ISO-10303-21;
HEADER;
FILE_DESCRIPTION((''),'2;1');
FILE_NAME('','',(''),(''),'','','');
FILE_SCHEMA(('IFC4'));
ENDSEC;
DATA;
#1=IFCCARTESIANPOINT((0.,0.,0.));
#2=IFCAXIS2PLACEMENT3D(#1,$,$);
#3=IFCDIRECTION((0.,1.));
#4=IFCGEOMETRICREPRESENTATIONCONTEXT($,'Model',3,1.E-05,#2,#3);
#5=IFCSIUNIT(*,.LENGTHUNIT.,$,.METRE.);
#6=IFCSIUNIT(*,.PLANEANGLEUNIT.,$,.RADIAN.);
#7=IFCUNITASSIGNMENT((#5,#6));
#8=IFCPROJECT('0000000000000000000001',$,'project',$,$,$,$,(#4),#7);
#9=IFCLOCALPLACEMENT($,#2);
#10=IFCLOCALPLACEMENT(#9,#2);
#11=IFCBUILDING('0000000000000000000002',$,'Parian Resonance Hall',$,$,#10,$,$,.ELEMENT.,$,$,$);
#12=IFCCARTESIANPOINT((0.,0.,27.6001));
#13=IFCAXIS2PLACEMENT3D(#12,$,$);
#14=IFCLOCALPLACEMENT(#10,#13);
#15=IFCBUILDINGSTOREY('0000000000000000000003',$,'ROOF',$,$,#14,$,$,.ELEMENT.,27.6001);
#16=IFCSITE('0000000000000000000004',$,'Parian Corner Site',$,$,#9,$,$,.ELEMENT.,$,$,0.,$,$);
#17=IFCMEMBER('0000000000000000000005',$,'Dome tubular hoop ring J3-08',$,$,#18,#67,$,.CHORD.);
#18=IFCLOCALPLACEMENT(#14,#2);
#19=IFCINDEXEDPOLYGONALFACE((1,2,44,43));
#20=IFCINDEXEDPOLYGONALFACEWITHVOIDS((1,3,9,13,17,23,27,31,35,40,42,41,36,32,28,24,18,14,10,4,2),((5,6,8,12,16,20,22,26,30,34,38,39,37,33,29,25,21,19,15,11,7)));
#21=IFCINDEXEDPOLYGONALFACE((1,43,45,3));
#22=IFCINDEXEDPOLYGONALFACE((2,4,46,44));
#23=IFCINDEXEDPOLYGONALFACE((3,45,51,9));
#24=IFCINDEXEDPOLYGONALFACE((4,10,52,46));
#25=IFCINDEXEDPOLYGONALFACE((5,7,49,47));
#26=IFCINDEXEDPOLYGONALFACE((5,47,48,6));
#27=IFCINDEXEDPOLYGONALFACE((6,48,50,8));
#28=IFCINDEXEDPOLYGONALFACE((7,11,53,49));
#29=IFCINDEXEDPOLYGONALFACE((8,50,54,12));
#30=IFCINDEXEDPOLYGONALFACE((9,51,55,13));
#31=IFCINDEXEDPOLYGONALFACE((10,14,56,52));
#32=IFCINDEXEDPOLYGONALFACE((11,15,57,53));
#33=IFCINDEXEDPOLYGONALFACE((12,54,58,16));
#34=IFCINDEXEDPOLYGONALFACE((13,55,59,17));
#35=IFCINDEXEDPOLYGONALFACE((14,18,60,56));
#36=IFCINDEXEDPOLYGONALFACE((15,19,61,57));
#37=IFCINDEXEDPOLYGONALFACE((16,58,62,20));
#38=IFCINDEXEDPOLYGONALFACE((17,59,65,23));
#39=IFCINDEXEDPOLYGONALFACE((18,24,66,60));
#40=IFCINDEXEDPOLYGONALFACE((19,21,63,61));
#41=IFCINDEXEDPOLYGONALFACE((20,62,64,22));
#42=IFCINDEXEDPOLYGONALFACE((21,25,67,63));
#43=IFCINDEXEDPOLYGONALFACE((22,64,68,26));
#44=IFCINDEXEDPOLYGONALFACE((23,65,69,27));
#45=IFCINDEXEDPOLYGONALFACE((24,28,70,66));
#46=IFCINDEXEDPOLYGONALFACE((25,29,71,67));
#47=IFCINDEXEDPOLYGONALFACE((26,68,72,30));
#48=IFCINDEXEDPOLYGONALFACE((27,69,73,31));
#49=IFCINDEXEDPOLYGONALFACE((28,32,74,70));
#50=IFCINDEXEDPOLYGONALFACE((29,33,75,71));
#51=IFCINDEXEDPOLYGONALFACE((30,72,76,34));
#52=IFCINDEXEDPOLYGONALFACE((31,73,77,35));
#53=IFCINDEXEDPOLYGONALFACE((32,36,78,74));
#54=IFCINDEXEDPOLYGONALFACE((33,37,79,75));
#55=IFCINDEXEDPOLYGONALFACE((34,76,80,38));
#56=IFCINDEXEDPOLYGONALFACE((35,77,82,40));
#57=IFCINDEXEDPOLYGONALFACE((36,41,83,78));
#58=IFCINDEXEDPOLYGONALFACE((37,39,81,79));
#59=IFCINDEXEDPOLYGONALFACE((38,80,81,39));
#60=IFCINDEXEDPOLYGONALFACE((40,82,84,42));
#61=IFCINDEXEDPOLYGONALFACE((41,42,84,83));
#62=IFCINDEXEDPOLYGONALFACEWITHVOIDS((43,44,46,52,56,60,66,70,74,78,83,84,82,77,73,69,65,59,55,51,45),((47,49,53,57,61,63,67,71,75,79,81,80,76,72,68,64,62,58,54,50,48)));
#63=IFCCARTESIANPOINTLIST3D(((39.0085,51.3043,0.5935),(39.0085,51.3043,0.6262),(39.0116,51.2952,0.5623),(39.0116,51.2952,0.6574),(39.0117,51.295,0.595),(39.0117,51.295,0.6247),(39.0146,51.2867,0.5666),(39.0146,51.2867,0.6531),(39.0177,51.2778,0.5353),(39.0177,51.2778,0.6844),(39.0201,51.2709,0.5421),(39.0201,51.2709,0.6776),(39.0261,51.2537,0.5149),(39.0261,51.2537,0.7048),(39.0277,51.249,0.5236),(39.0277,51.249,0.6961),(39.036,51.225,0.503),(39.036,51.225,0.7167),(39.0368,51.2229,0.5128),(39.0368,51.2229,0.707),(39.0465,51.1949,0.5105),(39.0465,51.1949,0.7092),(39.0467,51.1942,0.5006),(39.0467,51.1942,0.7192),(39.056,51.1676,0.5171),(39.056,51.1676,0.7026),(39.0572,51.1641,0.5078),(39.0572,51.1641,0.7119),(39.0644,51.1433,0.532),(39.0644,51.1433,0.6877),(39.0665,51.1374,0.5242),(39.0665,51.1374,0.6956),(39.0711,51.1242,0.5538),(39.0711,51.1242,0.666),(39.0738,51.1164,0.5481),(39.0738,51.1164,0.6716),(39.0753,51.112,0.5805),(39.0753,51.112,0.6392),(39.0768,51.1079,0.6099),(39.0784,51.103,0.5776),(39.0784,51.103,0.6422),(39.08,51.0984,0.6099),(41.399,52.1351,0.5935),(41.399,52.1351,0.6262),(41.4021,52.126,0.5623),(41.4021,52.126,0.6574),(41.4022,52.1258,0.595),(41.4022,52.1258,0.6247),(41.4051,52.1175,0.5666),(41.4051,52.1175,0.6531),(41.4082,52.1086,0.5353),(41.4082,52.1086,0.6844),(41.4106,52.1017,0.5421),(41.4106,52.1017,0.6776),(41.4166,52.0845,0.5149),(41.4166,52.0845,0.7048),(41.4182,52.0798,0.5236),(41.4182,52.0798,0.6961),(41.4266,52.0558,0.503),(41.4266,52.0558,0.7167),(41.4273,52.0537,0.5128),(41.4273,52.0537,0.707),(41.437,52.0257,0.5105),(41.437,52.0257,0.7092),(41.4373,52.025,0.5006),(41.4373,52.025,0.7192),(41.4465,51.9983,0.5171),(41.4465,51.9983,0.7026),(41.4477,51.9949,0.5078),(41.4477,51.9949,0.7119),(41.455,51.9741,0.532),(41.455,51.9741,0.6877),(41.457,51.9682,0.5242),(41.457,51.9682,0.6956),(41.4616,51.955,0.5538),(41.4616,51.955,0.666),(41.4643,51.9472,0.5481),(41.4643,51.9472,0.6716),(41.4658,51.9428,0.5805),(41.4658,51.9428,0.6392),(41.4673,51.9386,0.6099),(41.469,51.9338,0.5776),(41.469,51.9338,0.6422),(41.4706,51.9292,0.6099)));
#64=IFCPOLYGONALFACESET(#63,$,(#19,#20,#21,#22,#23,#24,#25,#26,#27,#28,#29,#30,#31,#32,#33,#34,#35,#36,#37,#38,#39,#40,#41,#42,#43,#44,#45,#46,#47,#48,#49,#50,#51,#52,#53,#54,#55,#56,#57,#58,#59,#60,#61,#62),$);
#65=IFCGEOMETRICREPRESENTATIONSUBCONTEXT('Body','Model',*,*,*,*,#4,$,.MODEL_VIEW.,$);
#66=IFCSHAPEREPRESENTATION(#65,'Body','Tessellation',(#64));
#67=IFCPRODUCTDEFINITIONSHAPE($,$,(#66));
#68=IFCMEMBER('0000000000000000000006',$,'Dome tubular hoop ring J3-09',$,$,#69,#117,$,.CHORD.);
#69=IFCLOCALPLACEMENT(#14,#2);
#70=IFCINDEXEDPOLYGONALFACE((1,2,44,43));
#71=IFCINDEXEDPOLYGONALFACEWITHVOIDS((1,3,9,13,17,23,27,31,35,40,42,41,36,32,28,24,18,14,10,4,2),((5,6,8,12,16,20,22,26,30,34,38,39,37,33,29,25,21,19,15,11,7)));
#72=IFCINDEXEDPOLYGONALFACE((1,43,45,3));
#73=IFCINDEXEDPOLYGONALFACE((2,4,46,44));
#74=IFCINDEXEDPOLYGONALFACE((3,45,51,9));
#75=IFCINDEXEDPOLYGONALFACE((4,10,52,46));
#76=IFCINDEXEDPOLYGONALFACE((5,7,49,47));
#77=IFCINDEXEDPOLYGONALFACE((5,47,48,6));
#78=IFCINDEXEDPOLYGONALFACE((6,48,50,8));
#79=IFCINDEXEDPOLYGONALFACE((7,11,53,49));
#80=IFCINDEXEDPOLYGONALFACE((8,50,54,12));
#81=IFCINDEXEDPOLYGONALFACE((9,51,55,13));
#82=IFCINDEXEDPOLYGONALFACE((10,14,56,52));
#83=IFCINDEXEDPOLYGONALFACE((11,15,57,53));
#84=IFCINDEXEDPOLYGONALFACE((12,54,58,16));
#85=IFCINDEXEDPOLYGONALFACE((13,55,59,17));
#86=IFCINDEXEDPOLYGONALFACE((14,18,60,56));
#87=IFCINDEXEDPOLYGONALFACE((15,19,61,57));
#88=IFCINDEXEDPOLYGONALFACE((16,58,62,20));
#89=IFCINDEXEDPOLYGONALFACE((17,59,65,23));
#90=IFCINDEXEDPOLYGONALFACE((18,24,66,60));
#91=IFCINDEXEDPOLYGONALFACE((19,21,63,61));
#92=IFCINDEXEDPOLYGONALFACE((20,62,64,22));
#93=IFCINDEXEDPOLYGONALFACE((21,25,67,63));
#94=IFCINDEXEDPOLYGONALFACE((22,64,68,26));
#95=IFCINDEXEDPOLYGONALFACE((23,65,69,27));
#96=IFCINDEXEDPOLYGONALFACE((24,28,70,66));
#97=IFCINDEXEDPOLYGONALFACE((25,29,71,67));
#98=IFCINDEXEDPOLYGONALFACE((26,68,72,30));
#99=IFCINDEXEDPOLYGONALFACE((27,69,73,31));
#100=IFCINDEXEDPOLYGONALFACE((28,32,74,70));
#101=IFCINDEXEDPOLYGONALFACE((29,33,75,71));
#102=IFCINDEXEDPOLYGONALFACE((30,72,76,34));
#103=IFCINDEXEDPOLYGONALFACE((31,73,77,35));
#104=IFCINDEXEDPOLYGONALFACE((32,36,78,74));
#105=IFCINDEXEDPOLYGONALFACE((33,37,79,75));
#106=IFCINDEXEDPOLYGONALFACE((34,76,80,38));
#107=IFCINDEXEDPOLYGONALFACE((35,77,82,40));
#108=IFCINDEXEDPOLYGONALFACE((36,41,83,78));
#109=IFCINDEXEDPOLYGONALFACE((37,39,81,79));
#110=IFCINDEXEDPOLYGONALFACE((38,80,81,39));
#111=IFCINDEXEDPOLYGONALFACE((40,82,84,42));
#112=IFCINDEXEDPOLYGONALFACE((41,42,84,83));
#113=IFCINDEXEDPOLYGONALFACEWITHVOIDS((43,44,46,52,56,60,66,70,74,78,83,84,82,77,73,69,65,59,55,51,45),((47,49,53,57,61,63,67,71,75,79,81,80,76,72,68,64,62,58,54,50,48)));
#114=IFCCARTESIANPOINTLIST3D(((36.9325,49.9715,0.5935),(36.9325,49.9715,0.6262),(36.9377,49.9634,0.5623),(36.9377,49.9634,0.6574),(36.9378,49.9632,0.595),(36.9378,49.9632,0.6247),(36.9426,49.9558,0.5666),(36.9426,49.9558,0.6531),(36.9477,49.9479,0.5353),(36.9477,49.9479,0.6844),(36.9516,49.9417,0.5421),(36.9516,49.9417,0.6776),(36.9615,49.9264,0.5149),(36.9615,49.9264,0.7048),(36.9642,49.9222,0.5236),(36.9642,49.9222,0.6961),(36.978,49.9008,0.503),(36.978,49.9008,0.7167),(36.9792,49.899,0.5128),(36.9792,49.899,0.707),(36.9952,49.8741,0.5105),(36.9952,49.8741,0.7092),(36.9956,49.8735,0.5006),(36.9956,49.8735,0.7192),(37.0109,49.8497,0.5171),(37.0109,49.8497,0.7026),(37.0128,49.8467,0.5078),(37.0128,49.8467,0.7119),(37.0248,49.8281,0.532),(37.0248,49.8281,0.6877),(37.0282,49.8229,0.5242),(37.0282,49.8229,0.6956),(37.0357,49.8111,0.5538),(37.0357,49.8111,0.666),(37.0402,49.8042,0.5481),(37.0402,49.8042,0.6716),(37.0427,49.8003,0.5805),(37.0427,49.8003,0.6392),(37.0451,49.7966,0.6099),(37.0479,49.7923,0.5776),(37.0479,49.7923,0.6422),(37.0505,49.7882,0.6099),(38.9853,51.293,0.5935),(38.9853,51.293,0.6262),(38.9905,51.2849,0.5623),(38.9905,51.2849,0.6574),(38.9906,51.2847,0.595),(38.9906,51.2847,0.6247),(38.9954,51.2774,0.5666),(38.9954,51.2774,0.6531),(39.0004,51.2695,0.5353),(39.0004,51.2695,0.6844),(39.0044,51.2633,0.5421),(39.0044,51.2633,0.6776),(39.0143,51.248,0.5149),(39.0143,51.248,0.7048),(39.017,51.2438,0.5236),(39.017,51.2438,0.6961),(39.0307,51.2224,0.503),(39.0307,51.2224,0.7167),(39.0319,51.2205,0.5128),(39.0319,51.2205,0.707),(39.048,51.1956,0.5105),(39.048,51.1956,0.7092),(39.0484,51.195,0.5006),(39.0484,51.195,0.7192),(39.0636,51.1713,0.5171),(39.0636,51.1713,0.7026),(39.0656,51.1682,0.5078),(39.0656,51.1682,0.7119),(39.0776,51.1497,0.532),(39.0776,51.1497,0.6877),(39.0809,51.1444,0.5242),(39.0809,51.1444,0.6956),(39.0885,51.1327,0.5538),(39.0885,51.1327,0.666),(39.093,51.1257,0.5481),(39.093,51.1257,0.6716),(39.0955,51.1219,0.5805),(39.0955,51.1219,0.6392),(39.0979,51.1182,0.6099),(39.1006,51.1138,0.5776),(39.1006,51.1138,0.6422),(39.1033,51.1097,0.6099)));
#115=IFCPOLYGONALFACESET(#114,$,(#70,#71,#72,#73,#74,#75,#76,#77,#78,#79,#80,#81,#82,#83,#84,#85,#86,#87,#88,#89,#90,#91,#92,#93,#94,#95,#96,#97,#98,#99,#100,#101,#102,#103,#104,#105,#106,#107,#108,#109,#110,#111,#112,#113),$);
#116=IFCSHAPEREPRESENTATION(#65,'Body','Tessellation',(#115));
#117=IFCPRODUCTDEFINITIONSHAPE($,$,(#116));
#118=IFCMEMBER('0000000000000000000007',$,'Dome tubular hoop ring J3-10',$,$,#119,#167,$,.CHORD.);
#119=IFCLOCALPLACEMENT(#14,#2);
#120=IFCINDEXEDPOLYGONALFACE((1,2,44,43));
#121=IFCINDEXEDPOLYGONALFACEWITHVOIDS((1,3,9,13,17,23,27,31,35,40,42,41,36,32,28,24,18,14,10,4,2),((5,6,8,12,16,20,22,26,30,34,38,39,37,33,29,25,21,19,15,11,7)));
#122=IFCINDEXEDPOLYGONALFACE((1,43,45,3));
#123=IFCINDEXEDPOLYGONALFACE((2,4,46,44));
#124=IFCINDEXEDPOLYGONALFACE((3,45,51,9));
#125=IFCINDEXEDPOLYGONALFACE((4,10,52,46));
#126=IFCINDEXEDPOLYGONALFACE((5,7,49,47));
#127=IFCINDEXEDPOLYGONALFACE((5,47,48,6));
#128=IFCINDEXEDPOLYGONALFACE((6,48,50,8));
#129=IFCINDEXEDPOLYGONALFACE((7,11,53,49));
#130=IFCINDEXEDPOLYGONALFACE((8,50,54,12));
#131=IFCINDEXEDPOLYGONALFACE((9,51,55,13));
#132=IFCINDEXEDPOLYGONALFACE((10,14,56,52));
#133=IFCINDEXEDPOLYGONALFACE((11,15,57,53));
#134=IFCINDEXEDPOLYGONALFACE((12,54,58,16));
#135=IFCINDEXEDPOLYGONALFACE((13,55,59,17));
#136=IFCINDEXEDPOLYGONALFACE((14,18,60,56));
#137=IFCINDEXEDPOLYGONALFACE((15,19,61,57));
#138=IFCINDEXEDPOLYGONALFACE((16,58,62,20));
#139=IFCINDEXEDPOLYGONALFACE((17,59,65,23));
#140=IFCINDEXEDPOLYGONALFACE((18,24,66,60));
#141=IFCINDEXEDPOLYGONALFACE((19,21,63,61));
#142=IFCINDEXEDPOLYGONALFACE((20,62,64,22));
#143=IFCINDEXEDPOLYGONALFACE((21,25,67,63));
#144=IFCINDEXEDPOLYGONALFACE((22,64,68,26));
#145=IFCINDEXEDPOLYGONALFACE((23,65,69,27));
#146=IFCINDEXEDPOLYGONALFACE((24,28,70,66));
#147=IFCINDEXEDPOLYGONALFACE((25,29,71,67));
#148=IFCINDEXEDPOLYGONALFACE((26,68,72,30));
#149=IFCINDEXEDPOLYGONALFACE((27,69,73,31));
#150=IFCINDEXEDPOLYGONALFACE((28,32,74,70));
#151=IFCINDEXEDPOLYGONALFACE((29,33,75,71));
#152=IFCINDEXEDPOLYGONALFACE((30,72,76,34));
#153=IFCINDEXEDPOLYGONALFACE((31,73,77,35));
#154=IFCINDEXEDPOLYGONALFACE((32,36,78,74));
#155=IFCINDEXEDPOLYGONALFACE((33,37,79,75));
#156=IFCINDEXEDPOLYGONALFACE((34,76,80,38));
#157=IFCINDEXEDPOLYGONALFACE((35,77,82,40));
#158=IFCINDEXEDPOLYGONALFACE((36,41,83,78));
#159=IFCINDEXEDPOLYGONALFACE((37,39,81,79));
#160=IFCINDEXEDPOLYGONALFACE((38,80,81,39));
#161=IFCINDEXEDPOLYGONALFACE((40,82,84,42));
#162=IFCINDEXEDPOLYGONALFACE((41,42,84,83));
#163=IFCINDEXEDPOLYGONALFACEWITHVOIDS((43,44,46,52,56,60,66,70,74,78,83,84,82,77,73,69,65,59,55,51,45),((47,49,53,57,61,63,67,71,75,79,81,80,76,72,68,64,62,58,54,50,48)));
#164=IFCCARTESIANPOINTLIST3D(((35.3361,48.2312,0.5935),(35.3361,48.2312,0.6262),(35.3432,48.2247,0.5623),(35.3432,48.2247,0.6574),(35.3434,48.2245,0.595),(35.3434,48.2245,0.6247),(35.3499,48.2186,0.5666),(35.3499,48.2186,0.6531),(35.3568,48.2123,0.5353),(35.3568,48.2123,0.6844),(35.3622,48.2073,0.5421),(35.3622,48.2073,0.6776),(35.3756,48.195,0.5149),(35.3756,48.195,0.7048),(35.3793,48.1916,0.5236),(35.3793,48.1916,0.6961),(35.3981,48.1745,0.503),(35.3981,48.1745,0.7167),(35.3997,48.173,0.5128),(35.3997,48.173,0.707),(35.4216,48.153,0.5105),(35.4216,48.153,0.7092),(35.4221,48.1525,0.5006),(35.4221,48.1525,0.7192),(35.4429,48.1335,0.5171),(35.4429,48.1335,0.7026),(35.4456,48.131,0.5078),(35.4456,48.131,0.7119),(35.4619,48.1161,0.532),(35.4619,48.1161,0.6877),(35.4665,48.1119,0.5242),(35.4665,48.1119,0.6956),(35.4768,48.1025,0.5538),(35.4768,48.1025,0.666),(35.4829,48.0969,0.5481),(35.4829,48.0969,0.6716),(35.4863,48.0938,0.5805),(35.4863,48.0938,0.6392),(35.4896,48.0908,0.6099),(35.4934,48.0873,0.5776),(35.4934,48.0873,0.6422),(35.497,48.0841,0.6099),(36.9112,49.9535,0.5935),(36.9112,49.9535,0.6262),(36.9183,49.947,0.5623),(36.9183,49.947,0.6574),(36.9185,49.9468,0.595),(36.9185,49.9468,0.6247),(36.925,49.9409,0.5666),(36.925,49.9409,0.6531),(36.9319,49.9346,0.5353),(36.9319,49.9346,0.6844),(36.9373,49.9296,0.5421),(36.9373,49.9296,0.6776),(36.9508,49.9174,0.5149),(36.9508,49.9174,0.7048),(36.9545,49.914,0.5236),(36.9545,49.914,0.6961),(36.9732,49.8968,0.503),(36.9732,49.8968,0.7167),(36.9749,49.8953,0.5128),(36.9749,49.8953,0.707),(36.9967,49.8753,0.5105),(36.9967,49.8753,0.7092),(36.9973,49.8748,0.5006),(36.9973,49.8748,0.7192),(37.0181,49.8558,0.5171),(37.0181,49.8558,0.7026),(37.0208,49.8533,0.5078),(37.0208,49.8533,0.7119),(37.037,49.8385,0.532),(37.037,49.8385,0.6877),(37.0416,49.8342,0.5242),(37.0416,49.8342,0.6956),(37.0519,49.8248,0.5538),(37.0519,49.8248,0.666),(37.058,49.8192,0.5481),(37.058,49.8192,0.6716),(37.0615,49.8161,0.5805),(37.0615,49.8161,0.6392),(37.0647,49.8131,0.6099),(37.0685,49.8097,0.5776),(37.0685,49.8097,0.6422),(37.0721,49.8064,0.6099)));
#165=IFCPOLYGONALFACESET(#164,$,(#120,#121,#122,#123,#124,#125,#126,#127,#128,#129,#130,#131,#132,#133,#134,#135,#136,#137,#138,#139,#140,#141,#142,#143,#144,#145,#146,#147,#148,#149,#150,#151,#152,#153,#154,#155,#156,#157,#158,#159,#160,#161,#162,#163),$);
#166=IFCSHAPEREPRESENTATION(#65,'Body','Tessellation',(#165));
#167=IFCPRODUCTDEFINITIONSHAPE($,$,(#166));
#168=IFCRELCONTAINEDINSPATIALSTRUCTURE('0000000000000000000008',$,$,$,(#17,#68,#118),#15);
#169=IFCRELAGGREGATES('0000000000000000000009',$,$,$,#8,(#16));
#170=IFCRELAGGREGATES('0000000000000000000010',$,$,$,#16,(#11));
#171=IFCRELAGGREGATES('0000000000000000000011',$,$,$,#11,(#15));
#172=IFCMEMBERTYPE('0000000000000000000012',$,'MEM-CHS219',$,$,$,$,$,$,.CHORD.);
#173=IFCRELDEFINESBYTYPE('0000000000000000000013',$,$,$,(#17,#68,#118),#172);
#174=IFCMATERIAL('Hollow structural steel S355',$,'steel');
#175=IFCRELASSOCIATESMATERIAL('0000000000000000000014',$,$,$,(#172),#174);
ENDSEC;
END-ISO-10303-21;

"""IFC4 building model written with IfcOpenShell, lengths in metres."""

from ifc_helpers import new_model, si_unit, direction, frame, origin, origin_2d, place, context, subcontext, project, spatial, hollow_circle, extrude, material, material_profile, profile_set, type_object, element, save


model = new_model("IFC4")

# Units and contexts
model_context = context("Model", 3, precision=1e-05, world=origin(), true_north=direction((0.0, 1.0)))
body_context = subcontext(model_context, "Body", "Model", "MODEL_VIEW")
ifc_project = project(units=[si_unit("LENGTHUNIT", "METRE"), si_unit("PLANEANGLEUNIT", "RADIAN")], contexts=[model_context])

# Site, building, storey
site_placement = place(None, origin())
site = spatial("IfcSite", under=ifc_project, at=site_placement, Name="Parian Corner Site", CompositionType="ELEMENT", RefElevation=0.0)
building_placement = place(site_placement, origin())
building = spatial("IfcBuilding", under=site, at=building_placement, Name="Parian Resonance Hall", CompositionType="ELEMENT")
storey_placement = place(building_placement, frame((0.0, 0.0, 27.6001)))
storey = spatial("IfcBuildingStorey", under=building, at=storey_placement, Name="ROOF", CompositionType="ELEMENT", Elevation=27.6001)

# Members
ifc_material_1 = material(Name="Hollow structural steel S355", Category="steel")
ifc_material_profile_1 = material_profile(ifc_material_1, hollow_circle(Radius=0.1096, WallThickness=0.01, at=origin_2d()), Name="CHS219.1x10")
ifc_profile_set_1 = profile_set([ifc_material_profile_1], Name="Hollow structural steel S355")
member_type_1 = type_object("IfcMemberType", Name="MEM-CHS219", PredefinedType="CHORD", material=ifc_profile_set_1)
member_1_placement = place(storey_placement, frame((41.4346, 52.0327, 0.6099), z_axis=(-0.944584, -0.32827, 0.0), x_axis=(0.32827, -0.944584, 0.0)))
element("IfcMember", 1, at=member_1_placement, inside=storey, type_object=member_type_1, Name="Dome tubular hoop ring J3-08", PredefinedType="CHORD", context=body_context, shape_type="SweptSolid", body=[
    extrude(hollow_circle(Radius=0.1096, WallThickness=0.01, at=origin_2d()), origin(), (0.0, 0.0, 1.0), 2.5308),
])
member_2_placement = place(storey_placement, frame((39.0439, 51.2019, 0.6099), z_axis=(-0.840821, -0.541313, 0.0), x_axis=(0.541313, -0.840821, 0.0)))
element("IfcMember", 2, at=member_2_placement, inside=storey, type_object=member_type_1, Name="Dome tubular hoop ring J3-09", PredefinedType="CHORD", context=body_context, shape_type="SweptSolid", body=[
    extrude(hollow_circle(Radius=0.1096, WallThickness=0.01, at=origin_2d()), origin(), (0.0, 0.0, 1.0), 2.4414),
])
member_3_placement = place(storey_placement, frame((36.9912, 49.8804, 0.6099), z_axis=(-0.674867, -0.73794, 0.0), x_axis=(0.73794, -0.674867, 0.0)))
element("IfcMember", 3, at=member_3_placement, inside=storey, type_object=member_type_1, Name="Dome tubular hoop ring J3-10", PredefinedType="CHORD", context=body_context, shape_type="SweptSolid", body=[
    extrude(hollow_circle(Radius=0.1096, WallThickness=0.01, at=origin_2d()), origin(), (0.0, 0.0, 1.0), 2.334),
])

save(model, "model.ifc")
